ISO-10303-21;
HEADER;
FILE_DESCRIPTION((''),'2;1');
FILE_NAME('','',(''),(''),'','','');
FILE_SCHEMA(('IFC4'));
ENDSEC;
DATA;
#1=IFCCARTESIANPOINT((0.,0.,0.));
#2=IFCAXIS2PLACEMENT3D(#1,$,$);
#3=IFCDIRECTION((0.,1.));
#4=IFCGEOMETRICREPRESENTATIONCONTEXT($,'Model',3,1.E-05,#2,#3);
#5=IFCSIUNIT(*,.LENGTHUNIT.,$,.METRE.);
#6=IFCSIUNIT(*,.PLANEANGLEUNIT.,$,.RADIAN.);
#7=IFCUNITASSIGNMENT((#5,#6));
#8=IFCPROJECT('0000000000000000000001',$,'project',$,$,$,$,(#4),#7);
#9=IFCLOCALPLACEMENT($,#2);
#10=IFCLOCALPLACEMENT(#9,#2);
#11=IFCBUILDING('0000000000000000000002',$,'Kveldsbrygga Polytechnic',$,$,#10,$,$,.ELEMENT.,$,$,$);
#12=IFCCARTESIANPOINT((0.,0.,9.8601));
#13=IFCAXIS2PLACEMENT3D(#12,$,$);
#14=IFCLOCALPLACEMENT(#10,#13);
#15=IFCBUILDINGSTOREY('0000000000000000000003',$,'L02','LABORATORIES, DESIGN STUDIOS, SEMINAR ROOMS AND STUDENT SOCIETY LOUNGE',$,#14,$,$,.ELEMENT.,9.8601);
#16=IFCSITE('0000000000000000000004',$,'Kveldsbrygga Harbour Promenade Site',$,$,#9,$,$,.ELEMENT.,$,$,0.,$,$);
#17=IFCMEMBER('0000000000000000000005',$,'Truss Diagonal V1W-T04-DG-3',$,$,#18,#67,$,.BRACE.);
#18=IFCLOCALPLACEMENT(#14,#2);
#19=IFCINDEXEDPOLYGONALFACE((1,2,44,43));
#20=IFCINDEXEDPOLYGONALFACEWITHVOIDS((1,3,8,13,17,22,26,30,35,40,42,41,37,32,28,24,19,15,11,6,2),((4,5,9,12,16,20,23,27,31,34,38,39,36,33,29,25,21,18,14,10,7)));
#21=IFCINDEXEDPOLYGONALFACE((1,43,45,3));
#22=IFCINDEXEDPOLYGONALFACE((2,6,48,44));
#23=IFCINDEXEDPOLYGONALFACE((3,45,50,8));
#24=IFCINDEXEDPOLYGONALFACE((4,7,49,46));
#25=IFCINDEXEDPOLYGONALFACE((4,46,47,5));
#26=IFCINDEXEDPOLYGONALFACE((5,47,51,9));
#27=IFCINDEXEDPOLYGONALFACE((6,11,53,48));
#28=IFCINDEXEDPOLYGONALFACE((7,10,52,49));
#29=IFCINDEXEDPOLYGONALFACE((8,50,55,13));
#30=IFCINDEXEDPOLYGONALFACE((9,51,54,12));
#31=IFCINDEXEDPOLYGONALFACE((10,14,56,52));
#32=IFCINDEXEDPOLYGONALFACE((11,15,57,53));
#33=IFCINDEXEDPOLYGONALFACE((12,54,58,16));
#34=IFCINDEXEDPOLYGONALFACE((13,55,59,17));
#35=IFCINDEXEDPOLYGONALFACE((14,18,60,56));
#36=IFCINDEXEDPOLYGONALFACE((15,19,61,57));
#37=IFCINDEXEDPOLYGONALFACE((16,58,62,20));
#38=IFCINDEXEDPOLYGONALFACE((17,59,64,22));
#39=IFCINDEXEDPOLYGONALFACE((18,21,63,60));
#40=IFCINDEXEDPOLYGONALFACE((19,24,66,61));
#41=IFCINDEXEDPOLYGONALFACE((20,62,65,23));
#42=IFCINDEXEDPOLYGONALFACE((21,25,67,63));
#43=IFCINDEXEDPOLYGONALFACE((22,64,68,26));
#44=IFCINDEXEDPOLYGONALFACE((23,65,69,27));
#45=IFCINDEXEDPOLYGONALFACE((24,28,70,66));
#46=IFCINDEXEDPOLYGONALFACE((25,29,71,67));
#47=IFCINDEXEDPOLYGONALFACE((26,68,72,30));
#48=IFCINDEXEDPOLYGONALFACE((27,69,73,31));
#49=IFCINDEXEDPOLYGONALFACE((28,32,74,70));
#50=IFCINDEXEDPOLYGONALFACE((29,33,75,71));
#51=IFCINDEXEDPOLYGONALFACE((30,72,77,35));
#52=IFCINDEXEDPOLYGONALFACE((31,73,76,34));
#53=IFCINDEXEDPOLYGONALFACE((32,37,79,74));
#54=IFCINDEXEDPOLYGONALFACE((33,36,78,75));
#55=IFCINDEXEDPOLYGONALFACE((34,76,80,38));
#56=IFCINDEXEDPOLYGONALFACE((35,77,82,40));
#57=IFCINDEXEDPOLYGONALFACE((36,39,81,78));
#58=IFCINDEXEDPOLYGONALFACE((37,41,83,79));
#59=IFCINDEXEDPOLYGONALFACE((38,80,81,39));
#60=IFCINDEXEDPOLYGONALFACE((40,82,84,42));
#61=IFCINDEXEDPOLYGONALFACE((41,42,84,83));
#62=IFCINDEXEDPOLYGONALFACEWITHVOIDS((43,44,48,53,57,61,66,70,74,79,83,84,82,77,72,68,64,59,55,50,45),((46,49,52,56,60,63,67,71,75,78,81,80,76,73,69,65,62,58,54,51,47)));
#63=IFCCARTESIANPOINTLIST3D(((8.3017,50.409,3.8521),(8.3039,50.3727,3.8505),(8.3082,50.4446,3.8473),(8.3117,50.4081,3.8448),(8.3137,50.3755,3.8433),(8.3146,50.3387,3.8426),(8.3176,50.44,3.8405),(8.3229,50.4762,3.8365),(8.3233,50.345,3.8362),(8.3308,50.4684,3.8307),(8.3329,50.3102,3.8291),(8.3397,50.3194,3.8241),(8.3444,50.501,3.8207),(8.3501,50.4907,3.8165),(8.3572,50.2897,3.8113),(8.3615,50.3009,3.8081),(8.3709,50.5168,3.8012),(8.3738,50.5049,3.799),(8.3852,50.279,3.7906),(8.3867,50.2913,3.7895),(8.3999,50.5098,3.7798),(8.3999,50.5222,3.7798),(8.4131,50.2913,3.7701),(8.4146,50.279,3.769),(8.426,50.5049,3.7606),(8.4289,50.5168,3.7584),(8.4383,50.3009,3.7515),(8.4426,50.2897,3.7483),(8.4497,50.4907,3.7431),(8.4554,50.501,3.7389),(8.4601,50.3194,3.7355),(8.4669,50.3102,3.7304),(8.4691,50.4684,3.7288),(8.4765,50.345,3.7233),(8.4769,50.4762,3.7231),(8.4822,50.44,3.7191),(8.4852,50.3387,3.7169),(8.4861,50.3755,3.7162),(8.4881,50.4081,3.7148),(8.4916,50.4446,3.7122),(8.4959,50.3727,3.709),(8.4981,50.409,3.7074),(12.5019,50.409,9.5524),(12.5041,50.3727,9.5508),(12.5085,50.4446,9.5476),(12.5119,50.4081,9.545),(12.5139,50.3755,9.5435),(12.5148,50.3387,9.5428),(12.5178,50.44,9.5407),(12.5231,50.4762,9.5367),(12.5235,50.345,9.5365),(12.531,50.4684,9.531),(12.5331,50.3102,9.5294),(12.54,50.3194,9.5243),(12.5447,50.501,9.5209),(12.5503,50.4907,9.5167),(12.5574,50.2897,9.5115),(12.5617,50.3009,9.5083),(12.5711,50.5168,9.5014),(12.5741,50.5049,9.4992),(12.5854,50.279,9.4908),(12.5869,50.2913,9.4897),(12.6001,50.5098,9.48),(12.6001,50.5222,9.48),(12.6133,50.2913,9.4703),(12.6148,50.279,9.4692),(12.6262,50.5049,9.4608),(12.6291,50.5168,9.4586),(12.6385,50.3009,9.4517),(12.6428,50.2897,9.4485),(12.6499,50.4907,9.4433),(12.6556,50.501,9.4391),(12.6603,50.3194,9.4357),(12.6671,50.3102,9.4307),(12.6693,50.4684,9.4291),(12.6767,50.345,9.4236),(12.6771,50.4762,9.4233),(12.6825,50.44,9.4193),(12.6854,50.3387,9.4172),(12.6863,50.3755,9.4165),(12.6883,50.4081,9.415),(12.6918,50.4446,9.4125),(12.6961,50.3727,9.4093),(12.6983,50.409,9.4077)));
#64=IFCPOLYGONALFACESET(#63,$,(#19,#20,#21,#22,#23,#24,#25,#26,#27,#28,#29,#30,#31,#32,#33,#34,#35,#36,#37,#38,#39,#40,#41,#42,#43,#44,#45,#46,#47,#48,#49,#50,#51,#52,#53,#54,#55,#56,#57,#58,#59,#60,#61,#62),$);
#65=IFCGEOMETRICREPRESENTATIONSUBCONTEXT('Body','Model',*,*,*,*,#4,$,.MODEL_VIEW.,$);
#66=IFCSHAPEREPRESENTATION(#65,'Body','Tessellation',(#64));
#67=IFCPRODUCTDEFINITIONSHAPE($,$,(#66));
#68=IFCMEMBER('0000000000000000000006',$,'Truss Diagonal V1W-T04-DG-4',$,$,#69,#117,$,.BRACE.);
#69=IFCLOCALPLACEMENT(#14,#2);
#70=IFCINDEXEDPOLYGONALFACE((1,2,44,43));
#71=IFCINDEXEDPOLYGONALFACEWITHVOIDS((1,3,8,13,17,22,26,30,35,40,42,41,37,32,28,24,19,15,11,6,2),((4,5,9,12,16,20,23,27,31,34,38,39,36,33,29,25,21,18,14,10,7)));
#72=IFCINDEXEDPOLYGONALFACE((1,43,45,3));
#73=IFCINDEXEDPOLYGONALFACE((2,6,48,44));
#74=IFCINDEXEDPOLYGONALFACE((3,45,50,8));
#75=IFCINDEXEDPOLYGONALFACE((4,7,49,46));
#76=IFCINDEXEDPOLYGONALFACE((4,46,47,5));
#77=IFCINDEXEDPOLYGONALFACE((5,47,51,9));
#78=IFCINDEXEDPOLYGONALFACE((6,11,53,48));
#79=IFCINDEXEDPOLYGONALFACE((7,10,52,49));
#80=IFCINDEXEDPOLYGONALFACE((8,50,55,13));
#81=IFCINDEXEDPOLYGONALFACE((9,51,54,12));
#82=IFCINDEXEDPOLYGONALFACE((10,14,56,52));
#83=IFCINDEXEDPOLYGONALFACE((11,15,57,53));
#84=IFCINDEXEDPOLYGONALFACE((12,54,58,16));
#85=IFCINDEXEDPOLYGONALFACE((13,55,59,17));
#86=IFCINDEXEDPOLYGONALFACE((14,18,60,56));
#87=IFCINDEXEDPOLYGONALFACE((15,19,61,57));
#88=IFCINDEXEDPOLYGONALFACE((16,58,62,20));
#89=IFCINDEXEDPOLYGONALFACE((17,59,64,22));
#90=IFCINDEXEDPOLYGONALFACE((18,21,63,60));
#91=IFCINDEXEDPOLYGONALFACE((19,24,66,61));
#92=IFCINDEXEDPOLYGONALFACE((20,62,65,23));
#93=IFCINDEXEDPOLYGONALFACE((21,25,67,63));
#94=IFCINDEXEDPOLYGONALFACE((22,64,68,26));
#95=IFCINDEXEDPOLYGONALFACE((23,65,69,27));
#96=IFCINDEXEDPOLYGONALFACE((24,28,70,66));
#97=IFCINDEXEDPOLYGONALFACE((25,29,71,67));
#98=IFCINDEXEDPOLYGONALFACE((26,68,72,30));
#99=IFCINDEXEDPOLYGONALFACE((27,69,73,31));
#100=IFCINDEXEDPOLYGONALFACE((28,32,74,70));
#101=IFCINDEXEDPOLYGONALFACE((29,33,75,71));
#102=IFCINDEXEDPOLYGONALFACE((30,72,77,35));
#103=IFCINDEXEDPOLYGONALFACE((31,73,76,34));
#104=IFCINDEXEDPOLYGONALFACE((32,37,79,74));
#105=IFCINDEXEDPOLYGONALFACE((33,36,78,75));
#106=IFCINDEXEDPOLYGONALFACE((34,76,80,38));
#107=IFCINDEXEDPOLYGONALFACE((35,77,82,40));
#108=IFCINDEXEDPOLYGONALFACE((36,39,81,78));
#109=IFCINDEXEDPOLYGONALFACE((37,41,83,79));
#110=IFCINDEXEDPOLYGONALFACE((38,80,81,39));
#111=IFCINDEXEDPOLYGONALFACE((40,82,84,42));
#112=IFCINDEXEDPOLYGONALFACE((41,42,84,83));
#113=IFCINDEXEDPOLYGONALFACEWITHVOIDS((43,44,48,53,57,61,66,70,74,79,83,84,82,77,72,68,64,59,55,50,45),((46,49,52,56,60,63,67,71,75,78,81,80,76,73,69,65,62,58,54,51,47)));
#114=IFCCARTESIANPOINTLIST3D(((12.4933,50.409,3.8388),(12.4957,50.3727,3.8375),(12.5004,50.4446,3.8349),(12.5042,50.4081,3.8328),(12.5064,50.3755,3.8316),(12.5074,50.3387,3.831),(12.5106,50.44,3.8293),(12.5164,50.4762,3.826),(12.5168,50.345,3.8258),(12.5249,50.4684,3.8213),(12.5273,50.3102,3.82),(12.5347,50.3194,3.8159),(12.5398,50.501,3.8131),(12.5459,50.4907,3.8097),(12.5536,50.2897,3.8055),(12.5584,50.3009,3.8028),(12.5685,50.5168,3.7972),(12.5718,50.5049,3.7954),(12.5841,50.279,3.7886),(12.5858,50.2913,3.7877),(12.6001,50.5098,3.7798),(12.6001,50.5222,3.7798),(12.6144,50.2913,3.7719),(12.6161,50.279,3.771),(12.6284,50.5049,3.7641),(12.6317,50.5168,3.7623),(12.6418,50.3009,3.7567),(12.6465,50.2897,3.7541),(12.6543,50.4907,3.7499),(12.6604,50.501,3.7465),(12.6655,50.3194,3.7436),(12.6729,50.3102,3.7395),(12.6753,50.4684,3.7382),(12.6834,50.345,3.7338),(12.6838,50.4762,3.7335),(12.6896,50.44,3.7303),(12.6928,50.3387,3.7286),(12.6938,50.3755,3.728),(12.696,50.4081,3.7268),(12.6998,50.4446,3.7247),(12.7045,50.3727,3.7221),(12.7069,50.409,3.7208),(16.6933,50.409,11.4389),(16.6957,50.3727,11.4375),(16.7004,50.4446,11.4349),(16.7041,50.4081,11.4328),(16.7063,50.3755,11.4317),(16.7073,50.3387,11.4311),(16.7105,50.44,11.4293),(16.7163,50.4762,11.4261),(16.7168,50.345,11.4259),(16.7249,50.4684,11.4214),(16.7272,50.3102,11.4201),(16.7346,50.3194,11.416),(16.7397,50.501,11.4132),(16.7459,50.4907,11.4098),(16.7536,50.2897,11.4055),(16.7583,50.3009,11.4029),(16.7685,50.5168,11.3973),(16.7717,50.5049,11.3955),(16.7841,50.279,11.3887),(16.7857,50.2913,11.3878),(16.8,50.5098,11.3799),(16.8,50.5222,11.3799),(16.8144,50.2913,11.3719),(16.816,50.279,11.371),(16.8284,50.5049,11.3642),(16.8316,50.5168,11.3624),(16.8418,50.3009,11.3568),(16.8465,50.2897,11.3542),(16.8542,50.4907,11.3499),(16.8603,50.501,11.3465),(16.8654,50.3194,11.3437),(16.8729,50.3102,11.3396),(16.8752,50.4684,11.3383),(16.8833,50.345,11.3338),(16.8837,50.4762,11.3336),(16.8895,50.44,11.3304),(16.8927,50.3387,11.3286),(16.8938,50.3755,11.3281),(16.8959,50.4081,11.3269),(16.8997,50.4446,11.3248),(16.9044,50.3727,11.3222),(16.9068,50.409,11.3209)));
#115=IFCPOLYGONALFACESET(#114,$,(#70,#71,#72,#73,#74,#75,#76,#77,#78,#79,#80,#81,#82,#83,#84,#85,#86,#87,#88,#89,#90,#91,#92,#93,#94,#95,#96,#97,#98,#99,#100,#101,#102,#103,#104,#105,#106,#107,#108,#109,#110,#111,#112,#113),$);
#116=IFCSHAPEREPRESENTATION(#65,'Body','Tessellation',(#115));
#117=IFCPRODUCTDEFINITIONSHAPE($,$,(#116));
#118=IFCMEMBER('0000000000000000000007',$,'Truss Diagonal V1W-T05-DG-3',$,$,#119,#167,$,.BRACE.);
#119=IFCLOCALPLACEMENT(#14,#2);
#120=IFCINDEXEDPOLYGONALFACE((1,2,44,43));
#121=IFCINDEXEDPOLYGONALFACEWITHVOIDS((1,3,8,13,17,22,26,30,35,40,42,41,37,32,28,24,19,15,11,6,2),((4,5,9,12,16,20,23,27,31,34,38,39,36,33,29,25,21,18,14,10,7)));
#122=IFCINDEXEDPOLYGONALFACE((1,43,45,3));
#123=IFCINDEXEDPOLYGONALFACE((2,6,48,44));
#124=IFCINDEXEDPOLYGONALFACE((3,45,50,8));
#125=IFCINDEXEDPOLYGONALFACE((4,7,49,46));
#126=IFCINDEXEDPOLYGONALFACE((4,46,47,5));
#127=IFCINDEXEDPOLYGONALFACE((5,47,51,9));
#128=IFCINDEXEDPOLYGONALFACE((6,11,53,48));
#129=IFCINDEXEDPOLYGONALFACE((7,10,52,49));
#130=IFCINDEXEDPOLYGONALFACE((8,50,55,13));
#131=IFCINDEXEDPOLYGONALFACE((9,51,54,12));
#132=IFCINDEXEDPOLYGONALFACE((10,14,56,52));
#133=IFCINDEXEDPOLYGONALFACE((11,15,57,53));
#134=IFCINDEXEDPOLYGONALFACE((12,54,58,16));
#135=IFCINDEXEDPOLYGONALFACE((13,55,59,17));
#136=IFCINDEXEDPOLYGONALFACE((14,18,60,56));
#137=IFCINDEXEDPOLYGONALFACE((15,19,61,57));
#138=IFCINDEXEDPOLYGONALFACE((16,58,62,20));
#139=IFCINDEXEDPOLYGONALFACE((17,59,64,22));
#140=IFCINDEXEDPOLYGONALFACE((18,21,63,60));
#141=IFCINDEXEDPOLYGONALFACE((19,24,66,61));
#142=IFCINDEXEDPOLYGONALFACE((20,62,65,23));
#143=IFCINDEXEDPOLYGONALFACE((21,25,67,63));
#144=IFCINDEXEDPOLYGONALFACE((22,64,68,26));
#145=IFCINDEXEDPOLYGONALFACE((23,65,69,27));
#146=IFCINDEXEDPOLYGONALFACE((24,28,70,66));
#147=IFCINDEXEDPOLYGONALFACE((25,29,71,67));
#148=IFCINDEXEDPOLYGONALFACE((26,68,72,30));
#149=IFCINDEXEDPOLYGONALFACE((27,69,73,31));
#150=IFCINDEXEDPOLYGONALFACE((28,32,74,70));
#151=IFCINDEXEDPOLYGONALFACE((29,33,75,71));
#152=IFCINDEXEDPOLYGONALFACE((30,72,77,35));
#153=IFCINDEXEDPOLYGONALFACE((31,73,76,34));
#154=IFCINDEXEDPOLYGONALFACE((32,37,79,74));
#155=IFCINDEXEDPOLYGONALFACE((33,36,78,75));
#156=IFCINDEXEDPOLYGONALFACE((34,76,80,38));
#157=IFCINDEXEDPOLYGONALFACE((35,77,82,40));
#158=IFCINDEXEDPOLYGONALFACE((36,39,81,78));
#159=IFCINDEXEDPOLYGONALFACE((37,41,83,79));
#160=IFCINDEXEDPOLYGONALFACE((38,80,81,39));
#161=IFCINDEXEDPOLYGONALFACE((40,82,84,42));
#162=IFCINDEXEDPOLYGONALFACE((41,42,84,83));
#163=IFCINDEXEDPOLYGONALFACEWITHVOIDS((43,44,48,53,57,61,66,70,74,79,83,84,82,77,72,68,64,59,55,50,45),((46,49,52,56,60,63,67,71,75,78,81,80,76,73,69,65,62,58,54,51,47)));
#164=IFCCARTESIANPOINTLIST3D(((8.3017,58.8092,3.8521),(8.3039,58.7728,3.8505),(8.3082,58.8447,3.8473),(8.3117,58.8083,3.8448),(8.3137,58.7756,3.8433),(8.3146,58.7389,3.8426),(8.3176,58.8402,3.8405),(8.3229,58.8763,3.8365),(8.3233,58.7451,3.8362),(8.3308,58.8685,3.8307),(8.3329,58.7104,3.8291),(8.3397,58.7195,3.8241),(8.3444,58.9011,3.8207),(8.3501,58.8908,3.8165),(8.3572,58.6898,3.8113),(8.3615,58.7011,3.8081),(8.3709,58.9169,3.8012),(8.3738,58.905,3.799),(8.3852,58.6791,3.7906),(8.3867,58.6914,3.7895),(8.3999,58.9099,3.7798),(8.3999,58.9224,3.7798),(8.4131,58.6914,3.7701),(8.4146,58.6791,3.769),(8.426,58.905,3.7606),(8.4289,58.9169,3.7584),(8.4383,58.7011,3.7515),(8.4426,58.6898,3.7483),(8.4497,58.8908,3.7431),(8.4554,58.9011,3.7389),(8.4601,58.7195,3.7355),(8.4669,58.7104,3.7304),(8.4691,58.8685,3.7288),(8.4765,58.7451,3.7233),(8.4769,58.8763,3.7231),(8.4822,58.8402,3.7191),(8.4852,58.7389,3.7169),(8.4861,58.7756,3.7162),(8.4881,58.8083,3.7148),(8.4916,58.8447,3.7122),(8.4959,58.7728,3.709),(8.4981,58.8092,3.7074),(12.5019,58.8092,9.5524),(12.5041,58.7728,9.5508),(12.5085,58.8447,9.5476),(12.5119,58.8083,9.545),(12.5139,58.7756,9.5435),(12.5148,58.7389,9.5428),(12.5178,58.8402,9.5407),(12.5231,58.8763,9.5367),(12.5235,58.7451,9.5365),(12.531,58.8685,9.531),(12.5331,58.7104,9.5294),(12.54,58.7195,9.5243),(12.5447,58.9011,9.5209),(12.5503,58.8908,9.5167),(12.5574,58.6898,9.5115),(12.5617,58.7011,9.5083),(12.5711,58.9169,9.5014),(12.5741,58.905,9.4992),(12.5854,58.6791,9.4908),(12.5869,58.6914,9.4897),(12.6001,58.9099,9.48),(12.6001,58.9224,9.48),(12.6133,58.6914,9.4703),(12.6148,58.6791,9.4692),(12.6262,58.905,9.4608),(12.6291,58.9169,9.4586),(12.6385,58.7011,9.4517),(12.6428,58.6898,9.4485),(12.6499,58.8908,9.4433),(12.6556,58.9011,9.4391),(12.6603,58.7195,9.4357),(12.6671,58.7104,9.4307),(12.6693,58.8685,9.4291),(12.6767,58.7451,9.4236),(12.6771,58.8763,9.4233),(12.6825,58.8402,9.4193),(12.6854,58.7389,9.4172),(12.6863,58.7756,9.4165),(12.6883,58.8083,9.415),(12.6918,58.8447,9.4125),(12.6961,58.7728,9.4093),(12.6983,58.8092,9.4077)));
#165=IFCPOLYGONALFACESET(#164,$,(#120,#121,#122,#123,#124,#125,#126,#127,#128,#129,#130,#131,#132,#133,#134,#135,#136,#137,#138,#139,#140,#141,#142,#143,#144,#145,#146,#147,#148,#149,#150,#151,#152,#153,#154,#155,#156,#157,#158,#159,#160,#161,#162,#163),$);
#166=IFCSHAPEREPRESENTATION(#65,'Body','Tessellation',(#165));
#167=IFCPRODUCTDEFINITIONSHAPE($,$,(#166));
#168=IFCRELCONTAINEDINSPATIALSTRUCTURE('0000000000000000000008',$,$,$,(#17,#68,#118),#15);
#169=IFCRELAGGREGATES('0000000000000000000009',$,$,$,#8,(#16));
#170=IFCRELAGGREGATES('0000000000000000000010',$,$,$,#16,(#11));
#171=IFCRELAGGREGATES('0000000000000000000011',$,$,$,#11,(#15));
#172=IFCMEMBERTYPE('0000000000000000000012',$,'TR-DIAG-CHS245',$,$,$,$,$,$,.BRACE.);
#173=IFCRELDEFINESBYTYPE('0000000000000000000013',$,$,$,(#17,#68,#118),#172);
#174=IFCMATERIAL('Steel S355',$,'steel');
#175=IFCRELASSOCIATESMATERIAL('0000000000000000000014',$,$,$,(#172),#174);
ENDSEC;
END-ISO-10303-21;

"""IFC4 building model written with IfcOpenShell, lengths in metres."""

from ifc_helpers import new_model, si_unit, direction, frame, origin, origin_2d, place, context, subcontext, project, spatial, hollow_circle, extrude, material, material_profile, profile_set, type_object, element, save


model = new_model("IFC4")

# Units and contexts
model_context = context("Model", 3, precision=1e-05, world=origin(), true_north=direction((0.0, 1.0)))
body_context = subcontext(model_context, "Body", "Model", "MODEL_VIEW")
ifc_project = project(units=[si_unit("LENGTHUNIT", "METRE"), si_unit("PLANEANGLEUNIT", "RADIAN")], contexts=[model_context])

# Site, building, storey
site_placement = place(None, origin())
site = spatial("IfcSite", under=ifc_project, at=site_placement, Name="Kveldsbrygga Harbour Promenade Site", CompositionType="ELEMENT", RefElevation=0.0)
building_placement = place(site_placement, origin())
building = spatial("IfcBuilding", under=site, at=building_placement, Name="Kveldsbrygga Polytechnic", CompositionType="ELEMENT")
storey_placement = place(building_placement, frame((0.0, 0.0, 9.8601)))
storey = spatial("IfcBuildingStorey", under=building, at=storey_placement, Name="L02", Description="LABORATORIES, DESIGN STUDIOS, SEMINAR ROOMS AND STUDENT SOCIETY LOUNGE", CompositionType="ELEMENT", Elevation=9.8601)

# Members
ifc_material = material(Name="Steel S355", Category="steel")
ifc_material_profile_1 = material_profile(ifc_material, hollow_circle(Radius=0.1223, WallThickness=0.0125, at=origin_2d()), Name="CHS 244.5x12.5")
ifc_profile_set_1 = profile_set([ifc_material_profile_1], Name="Steel S355")
member_type_1 = type_object("IfcMemberType", Name="TR-DIAG-CHS245", PredefinedType="BRACE", material=ifc_profile_set_1)
member_1_placement = place(storey_placement, frame((8.3999, 50.3999, 3.7798), z_axis=(0.593204, 0.0, 0.805052), x_axis=(0.0, 1.0, 0.0)))
element("IfcMember", 1, at=member_1_placement, inside=storey, type_object=member_type_1, Name="Truss Diagonal V1W-T04-DG-3", PredefinedType="BRACE", context=body_context, shape_type="SweptSolid", body=[
    extrude(hollow_circle(Radius=0.1223, WallThickness=0.0125, at=origin_2d()), origin(), (0.0, 0.0, 1.0), 7.0806),
])
member_2_placement = place(storey_placement, frame((12.6001, 50.3999, 3.7798), z_axis=(0.483677, 0.0, 0.875247), x_axis=(0.0, 1.0, 0.0)))
element("IfcMember", 2, at=member_2_placement, inside=storey, type_object=member_type_1, Name="Truss Diagonal V1W-T04-DG-4", PredefinedType="BRACE", context=body_context, shape_type="SweptSolid", body=[
    extrude(hollow_circle(Radius=0.1223, WallThickness=0.0125, at=origin_2d()), origin(), (0.0, 0.0, 1.0), 8.6833),
])
member_3_placement = place(storey_placement, frame((8.3999, 58.8, 3.7798), z_axis=(0.593204, 0.0, 0.805052), x_axis=(0.0, 1.0, 0.0)))
element("IfcMember", 3, at=member_3_placement, inside=storey, type_object=member_type_1, Name="Truss Diagonal V1W-T05-DG-3", PredefinedType="BRACE", context=body_context, shape_type="SweptSolid", body=[
    extrude(hollow_circle(Radius=0.1223, WallThickness=0.0125, at=origin_2d()), origin(), (0.0, 0.0, 1.0), 7.0806),
])

save(model, "model.ifc")
